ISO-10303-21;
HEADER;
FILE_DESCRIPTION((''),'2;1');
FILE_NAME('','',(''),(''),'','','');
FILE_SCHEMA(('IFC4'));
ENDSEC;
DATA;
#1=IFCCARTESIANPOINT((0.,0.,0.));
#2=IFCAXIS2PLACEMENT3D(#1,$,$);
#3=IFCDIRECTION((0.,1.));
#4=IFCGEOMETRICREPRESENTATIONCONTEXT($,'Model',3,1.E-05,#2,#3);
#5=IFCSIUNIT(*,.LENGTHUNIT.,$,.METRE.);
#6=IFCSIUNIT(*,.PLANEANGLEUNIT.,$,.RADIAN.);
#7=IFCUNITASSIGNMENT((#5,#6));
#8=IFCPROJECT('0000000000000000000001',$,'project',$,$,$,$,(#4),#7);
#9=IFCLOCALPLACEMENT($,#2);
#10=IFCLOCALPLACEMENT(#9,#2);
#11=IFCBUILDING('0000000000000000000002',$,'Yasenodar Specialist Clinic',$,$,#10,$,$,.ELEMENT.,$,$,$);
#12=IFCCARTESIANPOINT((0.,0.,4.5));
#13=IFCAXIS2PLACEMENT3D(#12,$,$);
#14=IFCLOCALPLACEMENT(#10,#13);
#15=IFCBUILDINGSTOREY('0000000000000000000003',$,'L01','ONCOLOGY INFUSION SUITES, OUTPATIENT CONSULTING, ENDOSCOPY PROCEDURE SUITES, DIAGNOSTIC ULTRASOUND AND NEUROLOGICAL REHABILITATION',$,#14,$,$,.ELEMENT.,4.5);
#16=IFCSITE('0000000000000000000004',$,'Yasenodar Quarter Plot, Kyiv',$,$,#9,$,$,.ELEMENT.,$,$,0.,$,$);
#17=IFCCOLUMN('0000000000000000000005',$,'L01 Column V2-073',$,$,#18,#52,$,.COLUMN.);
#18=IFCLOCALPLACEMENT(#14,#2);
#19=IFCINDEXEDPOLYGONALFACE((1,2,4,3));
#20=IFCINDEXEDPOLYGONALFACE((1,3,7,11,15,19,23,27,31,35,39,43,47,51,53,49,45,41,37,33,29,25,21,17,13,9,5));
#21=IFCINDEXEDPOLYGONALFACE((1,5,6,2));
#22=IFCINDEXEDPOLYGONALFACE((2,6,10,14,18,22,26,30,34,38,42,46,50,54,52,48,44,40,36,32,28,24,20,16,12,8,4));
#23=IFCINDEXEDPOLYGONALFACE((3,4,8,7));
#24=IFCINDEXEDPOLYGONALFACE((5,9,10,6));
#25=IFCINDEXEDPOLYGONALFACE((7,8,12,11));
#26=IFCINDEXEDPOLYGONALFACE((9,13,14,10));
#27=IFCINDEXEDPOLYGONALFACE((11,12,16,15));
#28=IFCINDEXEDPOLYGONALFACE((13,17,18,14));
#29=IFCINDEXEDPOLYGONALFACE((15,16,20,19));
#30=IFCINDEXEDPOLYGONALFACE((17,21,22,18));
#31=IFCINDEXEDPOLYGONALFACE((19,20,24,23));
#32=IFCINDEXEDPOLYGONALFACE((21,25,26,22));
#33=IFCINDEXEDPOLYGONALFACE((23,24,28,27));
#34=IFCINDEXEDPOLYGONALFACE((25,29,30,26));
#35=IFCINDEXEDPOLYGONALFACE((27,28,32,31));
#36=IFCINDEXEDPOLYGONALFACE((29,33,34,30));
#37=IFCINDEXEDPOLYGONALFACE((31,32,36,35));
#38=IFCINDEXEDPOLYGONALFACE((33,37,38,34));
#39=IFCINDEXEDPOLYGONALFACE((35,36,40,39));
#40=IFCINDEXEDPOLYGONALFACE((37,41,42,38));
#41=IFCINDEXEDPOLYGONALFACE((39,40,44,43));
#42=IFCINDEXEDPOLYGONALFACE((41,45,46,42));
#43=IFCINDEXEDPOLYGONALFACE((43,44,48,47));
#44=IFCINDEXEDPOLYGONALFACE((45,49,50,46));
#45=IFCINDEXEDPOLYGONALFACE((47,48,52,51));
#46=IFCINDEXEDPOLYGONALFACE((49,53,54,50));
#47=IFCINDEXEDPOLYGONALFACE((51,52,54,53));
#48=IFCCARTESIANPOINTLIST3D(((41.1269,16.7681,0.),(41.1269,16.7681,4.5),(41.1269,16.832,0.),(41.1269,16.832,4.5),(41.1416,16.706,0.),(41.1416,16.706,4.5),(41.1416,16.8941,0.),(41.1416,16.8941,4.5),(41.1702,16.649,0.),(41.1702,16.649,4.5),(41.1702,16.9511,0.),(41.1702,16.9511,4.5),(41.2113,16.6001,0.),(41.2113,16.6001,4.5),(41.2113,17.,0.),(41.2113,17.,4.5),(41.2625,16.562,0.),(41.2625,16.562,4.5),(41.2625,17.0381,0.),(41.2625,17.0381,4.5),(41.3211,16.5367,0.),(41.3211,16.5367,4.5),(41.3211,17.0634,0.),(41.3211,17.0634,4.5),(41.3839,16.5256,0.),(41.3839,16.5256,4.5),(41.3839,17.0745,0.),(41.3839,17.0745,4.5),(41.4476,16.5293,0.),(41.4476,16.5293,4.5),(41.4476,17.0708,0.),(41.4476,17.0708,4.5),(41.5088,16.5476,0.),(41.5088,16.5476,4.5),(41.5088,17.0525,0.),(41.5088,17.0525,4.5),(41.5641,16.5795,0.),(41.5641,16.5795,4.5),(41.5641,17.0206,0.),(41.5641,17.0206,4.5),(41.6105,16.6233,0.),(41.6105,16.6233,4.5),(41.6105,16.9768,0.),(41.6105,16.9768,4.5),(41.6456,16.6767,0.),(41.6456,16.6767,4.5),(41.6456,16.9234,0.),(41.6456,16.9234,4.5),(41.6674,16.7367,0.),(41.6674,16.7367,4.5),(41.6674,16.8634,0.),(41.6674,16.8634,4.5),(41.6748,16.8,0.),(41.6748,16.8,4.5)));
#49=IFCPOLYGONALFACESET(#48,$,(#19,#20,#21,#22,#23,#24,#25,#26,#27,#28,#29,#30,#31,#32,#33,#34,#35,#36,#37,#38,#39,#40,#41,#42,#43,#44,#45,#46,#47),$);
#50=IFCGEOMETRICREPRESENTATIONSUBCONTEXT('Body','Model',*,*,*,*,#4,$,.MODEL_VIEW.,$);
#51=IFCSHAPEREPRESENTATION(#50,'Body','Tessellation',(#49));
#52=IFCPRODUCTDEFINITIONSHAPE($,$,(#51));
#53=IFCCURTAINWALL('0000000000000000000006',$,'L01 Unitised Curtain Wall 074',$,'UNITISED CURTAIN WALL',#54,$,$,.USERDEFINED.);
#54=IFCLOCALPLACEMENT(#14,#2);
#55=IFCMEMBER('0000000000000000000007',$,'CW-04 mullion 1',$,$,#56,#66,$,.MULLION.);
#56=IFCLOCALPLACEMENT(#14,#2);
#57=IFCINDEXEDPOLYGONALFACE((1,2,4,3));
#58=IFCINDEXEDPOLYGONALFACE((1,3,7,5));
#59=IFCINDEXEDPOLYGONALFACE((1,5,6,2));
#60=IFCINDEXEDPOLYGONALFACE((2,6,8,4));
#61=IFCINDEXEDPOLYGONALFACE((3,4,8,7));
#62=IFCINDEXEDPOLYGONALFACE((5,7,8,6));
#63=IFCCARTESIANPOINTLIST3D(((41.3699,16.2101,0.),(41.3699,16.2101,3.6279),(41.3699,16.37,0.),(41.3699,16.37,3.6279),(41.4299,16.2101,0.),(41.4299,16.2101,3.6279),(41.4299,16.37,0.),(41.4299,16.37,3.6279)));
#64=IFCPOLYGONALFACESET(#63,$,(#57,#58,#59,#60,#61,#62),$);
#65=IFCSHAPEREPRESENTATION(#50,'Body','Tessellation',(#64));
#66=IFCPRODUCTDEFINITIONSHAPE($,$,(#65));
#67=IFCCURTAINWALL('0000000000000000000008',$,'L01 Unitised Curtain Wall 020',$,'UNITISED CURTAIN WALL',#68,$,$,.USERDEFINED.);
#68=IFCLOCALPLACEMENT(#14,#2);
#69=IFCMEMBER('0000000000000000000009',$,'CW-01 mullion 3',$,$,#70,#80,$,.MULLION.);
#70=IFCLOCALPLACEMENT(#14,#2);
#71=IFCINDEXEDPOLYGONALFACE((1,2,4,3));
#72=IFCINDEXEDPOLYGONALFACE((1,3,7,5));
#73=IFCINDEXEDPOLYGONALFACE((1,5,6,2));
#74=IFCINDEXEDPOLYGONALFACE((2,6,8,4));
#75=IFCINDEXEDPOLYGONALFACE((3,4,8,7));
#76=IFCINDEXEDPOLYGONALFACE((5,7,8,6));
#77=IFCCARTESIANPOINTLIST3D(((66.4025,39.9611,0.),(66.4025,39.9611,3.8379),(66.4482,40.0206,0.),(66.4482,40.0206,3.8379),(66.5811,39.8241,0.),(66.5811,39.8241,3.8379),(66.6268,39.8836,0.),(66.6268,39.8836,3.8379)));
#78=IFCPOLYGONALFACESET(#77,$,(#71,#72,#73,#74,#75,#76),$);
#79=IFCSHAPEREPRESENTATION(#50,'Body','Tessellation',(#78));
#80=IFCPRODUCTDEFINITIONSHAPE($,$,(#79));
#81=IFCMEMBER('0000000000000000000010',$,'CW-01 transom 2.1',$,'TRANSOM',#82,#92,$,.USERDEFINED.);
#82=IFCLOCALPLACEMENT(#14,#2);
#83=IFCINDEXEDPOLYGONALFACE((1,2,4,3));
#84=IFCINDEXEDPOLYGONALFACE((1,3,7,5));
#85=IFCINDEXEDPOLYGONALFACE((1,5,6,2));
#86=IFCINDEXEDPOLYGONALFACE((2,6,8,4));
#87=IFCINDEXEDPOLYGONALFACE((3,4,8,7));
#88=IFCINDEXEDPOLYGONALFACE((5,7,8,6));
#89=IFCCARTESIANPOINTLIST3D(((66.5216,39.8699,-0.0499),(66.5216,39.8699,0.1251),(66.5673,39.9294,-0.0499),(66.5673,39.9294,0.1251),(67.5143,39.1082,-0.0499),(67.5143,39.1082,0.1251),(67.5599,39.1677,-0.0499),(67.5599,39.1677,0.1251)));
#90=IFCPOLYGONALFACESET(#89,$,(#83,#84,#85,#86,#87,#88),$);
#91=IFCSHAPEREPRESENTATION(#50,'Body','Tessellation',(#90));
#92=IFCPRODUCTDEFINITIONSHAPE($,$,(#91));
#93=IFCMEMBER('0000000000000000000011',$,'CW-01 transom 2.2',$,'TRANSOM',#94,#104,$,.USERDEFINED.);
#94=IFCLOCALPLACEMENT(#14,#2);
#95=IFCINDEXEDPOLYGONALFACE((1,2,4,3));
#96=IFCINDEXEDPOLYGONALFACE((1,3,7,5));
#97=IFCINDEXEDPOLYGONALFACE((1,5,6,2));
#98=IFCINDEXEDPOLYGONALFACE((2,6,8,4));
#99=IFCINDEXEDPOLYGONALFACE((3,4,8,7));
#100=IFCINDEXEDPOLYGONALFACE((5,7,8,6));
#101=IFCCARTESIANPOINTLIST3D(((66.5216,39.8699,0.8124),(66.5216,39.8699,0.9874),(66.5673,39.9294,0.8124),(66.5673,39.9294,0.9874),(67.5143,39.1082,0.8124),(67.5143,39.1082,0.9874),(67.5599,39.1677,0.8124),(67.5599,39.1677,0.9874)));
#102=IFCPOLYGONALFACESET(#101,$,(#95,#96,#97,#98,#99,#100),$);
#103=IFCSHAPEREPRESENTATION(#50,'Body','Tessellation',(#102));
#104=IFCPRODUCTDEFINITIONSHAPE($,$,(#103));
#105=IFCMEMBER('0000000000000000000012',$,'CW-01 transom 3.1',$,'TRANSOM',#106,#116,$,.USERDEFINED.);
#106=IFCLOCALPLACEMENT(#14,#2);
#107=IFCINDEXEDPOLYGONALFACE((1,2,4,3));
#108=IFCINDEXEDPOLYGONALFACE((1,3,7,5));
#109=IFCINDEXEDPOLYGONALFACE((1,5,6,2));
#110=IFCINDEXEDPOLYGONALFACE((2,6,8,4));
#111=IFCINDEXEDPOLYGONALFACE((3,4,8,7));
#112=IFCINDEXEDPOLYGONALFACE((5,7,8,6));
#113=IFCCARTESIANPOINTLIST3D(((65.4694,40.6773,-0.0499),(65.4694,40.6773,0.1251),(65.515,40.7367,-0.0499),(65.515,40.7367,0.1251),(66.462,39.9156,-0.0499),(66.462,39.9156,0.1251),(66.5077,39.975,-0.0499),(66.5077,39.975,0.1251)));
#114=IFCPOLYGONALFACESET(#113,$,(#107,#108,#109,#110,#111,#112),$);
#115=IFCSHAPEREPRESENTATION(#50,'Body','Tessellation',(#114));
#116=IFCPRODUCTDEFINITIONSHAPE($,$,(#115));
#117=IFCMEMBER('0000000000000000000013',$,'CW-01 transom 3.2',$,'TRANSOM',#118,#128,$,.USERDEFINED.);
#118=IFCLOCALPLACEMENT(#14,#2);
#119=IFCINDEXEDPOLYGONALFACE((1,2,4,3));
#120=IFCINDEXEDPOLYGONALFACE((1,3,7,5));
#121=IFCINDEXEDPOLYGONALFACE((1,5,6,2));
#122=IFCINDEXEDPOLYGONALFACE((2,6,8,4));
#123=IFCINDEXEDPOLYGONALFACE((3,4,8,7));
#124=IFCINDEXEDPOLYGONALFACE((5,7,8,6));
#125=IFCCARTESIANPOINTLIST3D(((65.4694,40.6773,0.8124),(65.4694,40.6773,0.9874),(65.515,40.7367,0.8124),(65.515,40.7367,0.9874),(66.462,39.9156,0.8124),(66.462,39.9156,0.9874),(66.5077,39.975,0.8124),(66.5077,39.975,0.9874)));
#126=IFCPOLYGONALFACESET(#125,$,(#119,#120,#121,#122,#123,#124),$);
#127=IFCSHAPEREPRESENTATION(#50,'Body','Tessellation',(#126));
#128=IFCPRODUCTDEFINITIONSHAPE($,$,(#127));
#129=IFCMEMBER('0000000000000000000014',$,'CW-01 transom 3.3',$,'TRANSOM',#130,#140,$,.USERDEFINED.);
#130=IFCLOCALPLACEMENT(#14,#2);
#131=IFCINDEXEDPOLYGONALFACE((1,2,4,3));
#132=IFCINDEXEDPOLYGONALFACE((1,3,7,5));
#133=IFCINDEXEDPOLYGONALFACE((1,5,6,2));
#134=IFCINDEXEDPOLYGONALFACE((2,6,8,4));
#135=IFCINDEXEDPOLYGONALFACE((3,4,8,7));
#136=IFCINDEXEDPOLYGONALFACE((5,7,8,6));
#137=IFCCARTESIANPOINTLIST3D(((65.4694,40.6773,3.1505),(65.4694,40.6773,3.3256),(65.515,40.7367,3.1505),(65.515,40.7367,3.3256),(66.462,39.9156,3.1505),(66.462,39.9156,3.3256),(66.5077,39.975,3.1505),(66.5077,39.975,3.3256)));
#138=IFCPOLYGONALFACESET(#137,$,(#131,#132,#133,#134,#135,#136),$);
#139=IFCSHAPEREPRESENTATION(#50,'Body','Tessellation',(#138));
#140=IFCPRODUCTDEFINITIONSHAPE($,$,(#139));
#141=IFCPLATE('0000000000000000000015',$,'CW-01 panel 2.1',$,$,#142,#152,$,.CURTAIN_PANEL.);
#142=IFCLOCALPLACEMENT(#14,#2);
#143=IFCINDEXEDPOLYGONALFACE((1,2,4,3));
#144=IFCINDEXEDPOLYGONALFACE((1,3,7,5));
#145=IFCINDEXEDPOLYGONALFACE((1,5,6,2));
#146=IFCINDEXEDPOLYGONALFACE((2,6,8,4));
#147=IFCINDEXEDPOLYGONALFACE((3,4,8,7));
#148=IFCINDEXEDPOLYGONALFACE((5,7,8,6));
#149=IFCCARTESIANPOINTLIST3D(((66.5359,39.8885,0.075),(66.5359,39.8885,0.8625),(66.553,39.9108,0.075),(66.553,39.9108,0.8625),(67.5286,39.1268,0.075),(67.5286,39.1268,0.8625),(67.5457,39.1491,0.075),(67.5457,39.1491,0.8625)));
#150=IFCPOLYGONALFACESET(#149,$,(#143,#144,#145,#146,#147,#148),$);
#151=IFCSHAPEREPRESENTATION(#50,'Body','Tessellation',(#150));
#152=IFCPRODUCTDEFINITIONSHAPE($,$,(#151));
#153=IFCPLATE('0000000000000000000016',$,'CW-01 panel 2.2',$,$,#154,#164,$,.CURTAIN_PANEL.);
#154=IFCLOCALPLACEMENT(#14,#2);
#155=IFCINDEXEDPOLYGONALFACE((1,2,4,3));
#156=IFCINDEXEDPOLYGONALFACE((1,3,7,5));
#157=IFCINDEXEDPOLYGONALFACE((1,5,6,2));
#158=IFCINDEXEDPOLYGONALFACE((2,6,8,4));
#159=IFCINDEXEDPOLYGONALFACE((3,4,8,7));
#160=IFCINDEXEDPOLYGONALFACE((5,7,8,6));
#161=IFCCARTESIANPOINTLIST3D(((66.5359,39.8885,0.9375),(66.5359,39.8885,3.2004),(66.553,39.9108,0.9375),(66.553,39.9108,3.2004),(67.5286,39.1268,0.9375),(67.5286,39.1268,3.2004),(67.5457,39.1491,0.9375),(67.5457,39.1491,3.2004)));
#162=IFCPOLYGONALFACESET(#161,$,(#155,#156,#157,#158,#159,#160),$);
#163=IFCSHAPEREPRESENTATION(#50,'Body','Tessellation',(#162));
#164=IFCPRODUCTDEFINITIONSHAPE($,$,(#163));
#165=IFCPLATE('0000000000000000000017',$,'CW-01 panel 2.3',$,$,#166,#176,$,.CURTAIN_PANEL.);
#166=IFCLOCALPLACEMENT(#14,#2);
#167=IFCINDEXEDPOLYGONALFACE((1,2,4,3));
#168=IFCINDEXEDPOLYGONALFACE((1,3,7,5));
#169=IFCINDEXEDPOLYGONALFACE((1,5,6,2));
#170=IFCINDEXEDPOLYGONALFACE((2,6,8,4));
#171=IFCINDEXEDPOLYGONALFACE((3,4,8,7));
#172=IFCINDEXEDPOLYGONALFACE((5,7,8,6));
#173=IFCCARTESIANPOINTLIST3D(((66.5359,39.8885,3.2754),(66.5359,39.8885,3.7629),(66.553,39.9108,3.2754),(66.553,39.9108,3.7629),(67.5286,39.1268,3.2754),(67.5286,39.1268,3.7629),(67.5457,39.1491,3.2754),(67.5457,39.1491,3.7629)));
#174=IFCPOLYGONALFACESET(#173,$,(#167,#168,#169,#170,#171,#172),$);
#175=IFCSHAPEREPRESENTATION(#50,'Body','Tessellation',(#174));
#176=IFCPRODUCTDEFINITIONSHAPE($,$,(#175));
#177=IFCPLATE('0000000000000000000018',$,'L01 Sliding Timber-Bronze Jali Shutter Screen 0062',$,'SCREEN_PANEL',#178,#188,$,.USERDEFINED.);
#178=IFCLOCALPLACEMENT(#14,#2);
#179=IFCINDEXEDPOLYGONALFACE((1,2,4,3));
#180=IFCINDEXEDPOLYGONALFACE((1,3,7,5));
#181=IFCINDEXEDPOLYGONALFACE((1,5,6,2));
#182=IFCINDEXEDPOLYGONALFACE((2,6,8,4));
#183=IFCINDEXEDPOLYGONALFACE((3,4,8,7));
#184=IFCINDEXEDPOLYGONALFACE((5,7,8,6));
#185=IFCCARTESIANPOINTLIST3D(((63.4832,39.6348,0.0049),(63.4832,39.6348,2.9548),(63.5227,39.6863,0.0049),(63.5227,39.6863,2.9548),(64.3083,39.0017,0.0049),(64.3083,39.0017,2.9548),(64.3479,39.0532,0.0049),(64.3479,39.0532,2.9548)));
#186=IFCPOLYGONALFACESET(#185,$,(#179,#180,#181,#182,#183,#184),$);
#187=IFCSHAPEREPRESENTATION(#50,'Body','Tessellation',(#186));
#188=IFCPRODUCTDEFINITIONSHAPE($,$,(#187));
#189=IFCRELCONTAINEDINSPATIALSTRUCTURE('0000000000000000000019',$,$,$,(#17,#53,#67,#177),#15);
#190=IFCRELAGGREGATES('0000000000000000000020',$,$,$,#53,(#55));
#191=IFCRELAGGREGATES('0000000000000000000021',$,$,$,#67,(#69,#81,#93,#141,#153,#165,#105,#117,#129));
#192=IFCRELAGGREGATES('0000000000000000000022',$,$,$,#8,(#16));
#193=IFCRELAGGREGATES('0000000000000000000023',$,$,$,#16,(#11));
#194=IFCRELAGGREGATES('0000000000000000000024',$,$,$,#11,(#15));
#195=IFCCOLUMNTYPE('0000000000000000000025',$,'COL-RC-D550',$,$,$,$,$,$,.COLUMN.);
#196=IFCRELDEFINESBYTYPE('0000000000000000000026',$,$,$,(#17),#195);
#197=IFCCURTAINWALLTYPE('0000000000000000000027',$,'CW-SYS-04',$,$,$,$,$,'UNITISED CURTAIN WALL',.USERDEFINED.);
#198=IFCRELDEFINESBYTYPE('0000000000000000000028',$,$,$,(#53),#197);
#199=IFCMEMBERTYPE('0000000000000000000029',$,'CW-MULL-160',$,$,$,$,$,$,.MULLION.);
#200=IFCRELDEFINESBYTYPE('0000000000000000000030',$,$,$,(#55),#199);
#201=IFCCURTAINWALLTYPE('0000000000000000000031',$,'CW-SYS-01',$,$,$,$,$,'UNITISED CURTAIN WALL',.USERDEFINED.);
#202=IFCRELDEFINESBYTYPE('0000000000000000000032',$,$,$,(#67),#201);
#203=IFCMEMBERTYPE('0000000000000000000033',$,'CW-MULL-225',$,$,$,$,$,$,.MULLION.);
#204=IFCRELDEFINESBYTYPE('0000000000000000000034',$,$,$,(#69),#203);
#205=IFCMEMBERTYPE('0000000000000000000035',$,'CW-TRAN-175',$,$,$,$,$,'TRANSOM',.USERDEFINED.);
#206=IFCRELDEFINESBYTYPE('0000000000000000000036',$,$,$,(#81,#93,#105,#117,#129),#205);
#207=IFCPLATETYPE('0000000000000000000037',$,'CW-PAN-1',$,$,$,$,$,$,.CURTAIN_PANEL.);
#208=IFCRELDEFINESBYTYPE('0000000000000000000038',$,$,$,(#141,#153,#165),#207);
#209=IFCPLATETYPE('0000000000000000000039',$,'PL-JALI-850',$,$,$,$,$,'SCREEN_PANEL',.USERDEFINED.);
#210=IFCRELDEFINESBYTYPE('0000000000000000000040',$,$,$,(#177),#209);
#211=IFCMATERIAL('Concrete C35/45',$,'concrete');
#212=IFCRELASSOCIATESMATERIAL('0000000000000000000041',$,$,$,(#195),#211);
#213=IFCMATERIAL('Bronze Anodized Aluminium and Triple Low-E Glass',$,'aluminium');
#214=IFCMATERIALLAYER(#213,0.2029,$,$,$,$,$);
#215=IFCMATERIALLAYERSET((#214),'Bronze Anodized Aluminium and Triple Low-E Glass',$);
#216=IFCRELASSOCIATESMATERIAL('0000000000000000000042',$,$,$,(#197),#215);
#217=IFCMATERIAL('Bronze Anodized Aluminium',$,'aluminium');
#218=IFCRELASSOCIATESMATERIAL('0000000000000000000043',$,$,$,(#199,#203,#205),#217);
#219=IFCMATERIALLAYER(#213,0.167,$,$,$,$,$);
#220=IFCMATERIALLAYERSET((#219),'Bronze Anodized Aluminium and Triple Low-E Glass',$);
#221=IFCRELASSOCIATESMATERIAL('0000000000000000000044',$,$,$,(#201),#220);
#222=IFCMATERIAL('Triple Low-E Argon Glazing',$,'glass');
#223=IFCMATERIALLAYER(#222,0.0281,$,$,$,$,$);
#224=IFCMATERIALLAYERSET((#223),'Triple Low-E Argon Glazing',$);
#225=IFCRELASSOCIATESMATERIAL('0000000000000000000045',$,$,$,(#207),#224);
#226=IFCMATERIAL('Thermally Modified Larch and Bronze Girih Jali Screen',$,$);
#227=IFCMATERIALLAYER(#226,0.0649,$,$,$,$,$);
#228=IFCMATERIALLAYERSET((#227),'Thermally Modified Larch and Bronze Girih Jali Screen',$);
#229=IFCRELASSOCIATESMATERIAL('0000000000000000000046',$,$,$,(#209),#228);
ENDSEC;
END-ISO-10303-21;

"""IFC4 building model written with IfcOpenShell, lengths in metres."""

from ifc_helpers import new_model, si_unit, direction, frame, origin, origin_2d, place, context, subcontext, project, spatial, rectangle, circle, extrude, material, layer, layer_set, material_profile, profile_set, type_object, element, aggregate, save


model = new_model("IFC4")

# Units and contexts
model_context = context("Model", 3, precision=1e-05, world=origin(), true_north=direction((0.0, 1.0)))
body_context = subcontext(model_context, "Body", "Model", "MODEL_VIEW")
ifc_project = project(units=[si_unit("LENGTHUNIT", "METRE"), si_unit("PLANEANGLEUNIT", "RADIAN")], contexts=[model_context])

# Site, building, storey
site_placement = place(None, origin())
site = spatial("IfcSite", under=ifc_project, at=site_placement, Name="Yasenodar Quarter Plot, Kyiv", CompositionType="ELEMENT", RefElevation=0.0)
building_placement = place(site_placement, origin())
building = spatial("IfcBuilding", under=site, at=building_placement, Name="Yasenodar Specialist Clinic", CompositionType="ELEMENT")
storey_placement = place(building_placement, frame((0.0, 0.0, 4.5)))
storey = spatial("IfcBuildingStorey", under=building, at=storey_placement, Name="L01", Description="ONCOLOGY INFUSION SUITES, OUTPATIENT CONSULTING, ENDOSCOPY PROCEDURE SUITES, DIAGNOSTIC ULTRASOUND AND NEUROLOGICAL REHABILITATION", CompositionType="ELEMENT", Elevation=4.5)

# Column
ifc_material_1 = material(Name="Concrete C35/45", Category="concrete")
ifc_material_profile_1 = material_profile(ifc_material_1, circle(Radius=0.2749, at=origin_2d()), Name="RC D550")
ifc_profile_set_1 = profile_set([ifc_material_profile_1], Name="Concrete C35/45")
column_type = type_object("IfcColumnType", Name="COL-RC-D550", PredefinedType="COLUMN", material=ifc_profile_set_1)
column_placement = place(storey_placement, frame((41.3999, 16.8, 0.0), z_axis=(0.0, 0.0, 1.0), x_axis=(1.0, 0.0, 0.0)))
element("IfcColumn", 1, at=column_placement, inside=storey, type_object=column_type, Name="L01 Column V2-073", PredefinedType="COLUMN", context=body_context, shape_type="SweptSolid", body=[
    extrude(circle(Radius=0.2749, at=origin_2d()), origin(), (0.0, 0.0, 1.0), 4.5),
])

# Curtain wall, member
ifc_material_2 = material(Name="Bronze Anodized Aluminium and Triple Low-E Glass", Category="aluminium")
ifc_layer_1 = layer(ifc_material_2, 0.2029)
ifc_layer_set_1 = layer_set([ifc_layer_1], Name="Bronze Anodized Aluminium and Triple Low-E Glass")
curtain_wall_type_1 = type_object("IfcCurtainWallType", Name="CW-SYS-04", ElementType="UNITISED CURTAIN WALL", PredefinedType="USERDEFINED", material=ifc_layer_set_1)
curtain_wall_1_placement = place(storey_placement, origin())
curtain_wall_1 = element("IfcCurtainWall", 2, at=curtain_wall_1_placement, inside=storey, type_object=curtain_wall_type_1, Name="L01 Unitised Curtain Wall 074", ObjectType="UNITISED CURTAIN WALL", PredefinedType="USERDEFINED")
ifc_material_3 = material(Name="Bronze Anodized Aluminium", Category="aluminium")
ifc_material_profile_2 = material_profile(ifc_material_3, rectangle(XDim=0.0601, YDim=0.1599, at=origin_2d()), Name="CW-MULL 60x160")
ifc_profile_set_2 = profile_set([ifc_material_profile_2], Name="Bronze Anodized Aluminium")
member_type_1 = type_object("IfcMemberType", Name="CW-MULL-160", PredefinedType="MULLION", material=ifc_profile_set_2)
member_1_placement = place(storey_placement, frame((41.3999, 16.29, 0.0), z_axis=(0.0, 0.0, 1.0), x_axis=(1.0, 0.0, 0.0)))
member_1 = element("IfcMember", 3, at=member_1_placement, type_object=member_type_1, Name="CW-04 mullion 1", PredefinedType="MULLION", context=body_context, shape_type="SweptSolid", body=[
    extrude(rectangle(XDim=0.0601, YDim=0.1599, at=origin_2d()), origin(), (0.0, 0.0, 1.0), 3.6279),
])
aggregate(curtain_wall_1, [member_1])

# Curtain wall, members, plates
ifc_layer_2 = layer(ifc_material_2, 0.167)
ifc_layer_set_2 = layer_set([ifc_layer_2], Name="Bronze Anodized Aluminium and Triple Low-E Glass")
curtain_wall_type_2 = type_object("IfcCurtainWallType", Name="CW-SYS-01", ElementType="UNITISED CURTAIN WALL", PredefinedType="USERDEFINED", material=ifc_layer_set_2)
curtain_wall_2_placement = place(storey_placement, origin())
curtain_wall_2 = element("IfcCurtainWall", 4, at=curtain_wall_2_placement, inside=storey, type_object=curtain_wall_type_2, Name="L01 Unitised Curtain Wall 020", ObjectType="UNITISED CURTAIN WALL", PredefinedType="USERDEFINED")
ifc_material_profile_3 = material_profile(ifc_material_3, rectangle(XDim=0.075, YDim=0.2251, at=origin_2d()), Name="CW-MULL 75x225")
ifc_profile_set_3 = profile_set([ifc_material_profile_3], Name="Bronze Anodized Aluminium")
member_type_2 = type_object("IfcMemberType", Name="CW-MULL-225", PredefinedType="MULLION", material=ifc_profile_set_3)
member_2_placement = place(storey_placement, frame((66.5146, 39.9224, 0.0), z_axis=(0.0, 0.0, 1.0), x_axis=(-0.608752, -0.793361, 0.0)))
member_2 = element("IfcMember", 5, at=member_2_placement, type_object=member_type_2, Name="CW-01 mullion 3", PredefinedType="MULLION", context=body_context, shape_type="SweptSolid", body=[
    extrude(rectangle(XDim=0.075, YDim=0.2251, at=origin_2d()), origin(), (0.0, 0.0, 1.0), 3.8379),
])
ifc_material_profile_4 = material_profile(ifc_material_3, rectangle(XDim=0.075, YDim=0.175, at=origin_2d()), Name="CW-TRAN 75x175")
ifc_profile_set_4 = profile_set([ifc_material_profile_4], Name="Bronze Anodized Aluminium")
member_type_3 = type_object("IfcMemberType", Name="CW-TRAN-175", ElementType="TRANSOM", PredefinedType="USERDEFINED", material=ifc_profile_set_4)
member_3_placement = place(storey_placement, frame((67.5371, 39.1379, 0.0376), z_axis=(-0.793349, 0.608767, 0.0), x_axis=(-0.608767, -0.793349, 0.0)))
member_3 = element("IfcMember", 6, at=member_3_placement, type_object=member_type_3, Name="CW-01 transom 2.1", ObjectType="TRANSOM", PredefinedType="USERDEFINED", context=body_context, shape_type="SweptSolid", body=[
    extrude(rectangle(XDim=0.075, YDim=0.175, at=origin_2d()), origin(), (0.0, 0.0, 1.0), 1.2512),
])
member_4_placement = place(storey_placement, frame((67.5371, 39.1379, 0.8999), z_axis=(-0.793349, 0.608767, 0.0), x_axis=(-0.608767, -0.793349, 0.0)))
member_4 = element("IfcMember", 7, at=member_4_placement, type_object=member_type_3, Name="CW-01 transom 2.2", ObjectType="TRANSOM", PredefinedType="USERDEFINED", context=body_context, shape_type="SweptSolid", body=[
    extrude(rectangle(XDim=0.075, YDim=0.175, at=origin_2d()), origin(), (0.0, 0.0, 1.0), 1.2512),
])
member_5_placement = place(storey_placement, frame((66.4849, 39.9453, 0.0376), z_axis=(-0.793349, 0.608767, 0.0), x_axis=(-0.608767, -0.793349, 0.0)))
member_5 = element("IfcMember", 8, at=member_5_placement, type_object=member_type_3, Name="CW-01 transom 3.1", ObjectType="TRANSOM", PredefinedType="USERDEFINED", context=body_context, shape_type="SweptSolid", body=[
    extrude(rectangle(XDim=0.075, YDim=0.175, at=origin_2d()), origin(), (0.0, 0.0, 1.0), 1.2512),
])
member_6_placement = place(storey_placement, frame((66.4849, 39.9453, 0.8999), z_axis=(-0.793349, 0.608767, 0.0), x_axis=(-0.608767, -0.793349, 0.0)))
member_6 = element("IfcMember", 9, at=member_6_placement, type_object=member_type_3, Name="CW-01 transom 3.2", ObjectType="TRANSOM", PredefinedType="USERDEFINED", context=body_context, shape_type="SweptSolid", body=[
    extrude(rectangle(XDim=0.075, YDim=0.175, at=origin_2d()), origin(), (0.0, 0.0, 1.0), 1.2512),
])
member_7_placement = place(storey_placement, frame((66.4849, 39.9453, 3.238), z_axis=(-0.793349, 0.608767, 0.0), x_axis=(-0.608767, -0.793349, 0.0)))
member_7 = element("IfcMember", 10, at=member_7_placement, type_object=member_type_3, Name="CW-01 transom 3.3", ObjectType="TRANSOM", PredefinedType="USERDEFINED", context=body_context, shape_type="SweptSolid", body=[
    extrude(rectangle(XDim=0.075, YDim=0.175, at=origin_2d()), origin(), (0.0, 0.0, 1.0), 1.2512),
])
ifc_material_4 = material(Name="Triple Low-E Argon Glazing", Category="glass")
ifc_layer_3 = layer(ifc_material_4, 0.0281)
ifc_layer_set_3 = layer_set([ifc_layer_3], Name="Triple Low-E Argon Glazing")
plate_type_1 = type_object("IfcPlateType", Name="CW-PAN-1", PredefinedType="CURTAIN_PANEL", material=ifc_layer_set_3)
plate_1_placement = place(storey_placement, frame((67.0408, 39.5188, 0.075), z_axis=(0.0, 0.0, 1.0), x_axis=(-0.793361, 0.608752, 0.0)))
plate_1 = element("IfcPlate", 11, at=plate_1_placement, type_object=plate_type_1, Name="CW-01 panel 2.1", PredefinedType="CURTAIN_PANEL", context=body_context, shape_type="SweptSolid", body=[
    extrude(rectangle(XDim=1.2512, YDim=0.0281, at=origin_2d()), origin(), (0.0, 0.0, 1.0), 0.7876),
])
plate_2_placement = place(storey_placement, frame((67.0408, 39.5188, 0.9375), z_axis=(0.0, 0.0, 1.0), x_axis=(-0.793361, 0.608752, 0.0)))
plate_2 = element("IfcPlate", 12, at=plate_2_placement, type_object=plate_type_1, Name="CW-01 panel 2.2", PredefinedType="CURTAIN_PANEL", context=body_context, shape_type="SweptSolid", body=[
    extrude(rectangle(XDim=1.2512, YDim=0.0281, at=origin_2d()), origin(), (0.0, 0.0, 1.0), 2.2629),
])
plate_3_placement = place(storey_placement, frame((67.0408, 39.5188, 3.2754), z_axis=(0.0, 0.0, 1.0), x_axis=(-0.793361, 0.608752, 0.0)))
plate_3 = element("IfcPlate", 13, at=plate_3_placement, type_object=plate_type_1, Name="CW-01 panel 2.3", PredefinedType="CURTAIN_PANEL", context=body_context, shape_type="SweptSolid", body=[
    extrude(rectangle(XDim=1.2512, YDim=0.0281, at=origin_2d()), origin(), (0.0, 0.0, 1.0), 0.4875),
])
aggregate(curtain_wall_2, [member_2, member_3, member_4, plate_1, plate_2, plate_3, member_5, member_6, member_7])

# Plate
ifc_material_5 = material(Name="Thermally Modified Larch and Bronze Girih Jali Screen")
ifc_layer_4 = layer(ifc_material_5, 0.0649)
ifc_layer_set_4 = layer_set([ifc_layer_4], Name="Thermally Modified Larch and Bronze Girih Jali Screen")
plate_type_2 = type_object("IfcPlateType", Name="PL-JALI-850", ElementType="SCREEN_PANEL", PredefinedType="USERDEFINED", material=ifc_layer_set_4)
for number, where, z_axis, x_axis, name in (
    (14, (63.9155, 39.344, 0.0049), (0.0, 0.0, 1.0), (0.793351, -0.608764, 0.0), "L01 Sliding Timber-Bronze Jali Shutter Screen 0062"),
):
    element("IfcPlate", number, at=place(storey_placement, frame(where, z_axis=z_axis, x_axis=x_axis)), inside=storey, type_object=plate_type_2, Name=name, ObjectType="SCREEN_PANEL", PredefinedType="USERDEFINED", context=body_context, shape_type="SweptSolid", body=[
        extrude(rectangle(XDim=1.04, YDim=0.0649, at=origin_2d()), origin(), (0.0, 0.0, 1.0), 2.95),
    ])

save(model, "model.ifc")
